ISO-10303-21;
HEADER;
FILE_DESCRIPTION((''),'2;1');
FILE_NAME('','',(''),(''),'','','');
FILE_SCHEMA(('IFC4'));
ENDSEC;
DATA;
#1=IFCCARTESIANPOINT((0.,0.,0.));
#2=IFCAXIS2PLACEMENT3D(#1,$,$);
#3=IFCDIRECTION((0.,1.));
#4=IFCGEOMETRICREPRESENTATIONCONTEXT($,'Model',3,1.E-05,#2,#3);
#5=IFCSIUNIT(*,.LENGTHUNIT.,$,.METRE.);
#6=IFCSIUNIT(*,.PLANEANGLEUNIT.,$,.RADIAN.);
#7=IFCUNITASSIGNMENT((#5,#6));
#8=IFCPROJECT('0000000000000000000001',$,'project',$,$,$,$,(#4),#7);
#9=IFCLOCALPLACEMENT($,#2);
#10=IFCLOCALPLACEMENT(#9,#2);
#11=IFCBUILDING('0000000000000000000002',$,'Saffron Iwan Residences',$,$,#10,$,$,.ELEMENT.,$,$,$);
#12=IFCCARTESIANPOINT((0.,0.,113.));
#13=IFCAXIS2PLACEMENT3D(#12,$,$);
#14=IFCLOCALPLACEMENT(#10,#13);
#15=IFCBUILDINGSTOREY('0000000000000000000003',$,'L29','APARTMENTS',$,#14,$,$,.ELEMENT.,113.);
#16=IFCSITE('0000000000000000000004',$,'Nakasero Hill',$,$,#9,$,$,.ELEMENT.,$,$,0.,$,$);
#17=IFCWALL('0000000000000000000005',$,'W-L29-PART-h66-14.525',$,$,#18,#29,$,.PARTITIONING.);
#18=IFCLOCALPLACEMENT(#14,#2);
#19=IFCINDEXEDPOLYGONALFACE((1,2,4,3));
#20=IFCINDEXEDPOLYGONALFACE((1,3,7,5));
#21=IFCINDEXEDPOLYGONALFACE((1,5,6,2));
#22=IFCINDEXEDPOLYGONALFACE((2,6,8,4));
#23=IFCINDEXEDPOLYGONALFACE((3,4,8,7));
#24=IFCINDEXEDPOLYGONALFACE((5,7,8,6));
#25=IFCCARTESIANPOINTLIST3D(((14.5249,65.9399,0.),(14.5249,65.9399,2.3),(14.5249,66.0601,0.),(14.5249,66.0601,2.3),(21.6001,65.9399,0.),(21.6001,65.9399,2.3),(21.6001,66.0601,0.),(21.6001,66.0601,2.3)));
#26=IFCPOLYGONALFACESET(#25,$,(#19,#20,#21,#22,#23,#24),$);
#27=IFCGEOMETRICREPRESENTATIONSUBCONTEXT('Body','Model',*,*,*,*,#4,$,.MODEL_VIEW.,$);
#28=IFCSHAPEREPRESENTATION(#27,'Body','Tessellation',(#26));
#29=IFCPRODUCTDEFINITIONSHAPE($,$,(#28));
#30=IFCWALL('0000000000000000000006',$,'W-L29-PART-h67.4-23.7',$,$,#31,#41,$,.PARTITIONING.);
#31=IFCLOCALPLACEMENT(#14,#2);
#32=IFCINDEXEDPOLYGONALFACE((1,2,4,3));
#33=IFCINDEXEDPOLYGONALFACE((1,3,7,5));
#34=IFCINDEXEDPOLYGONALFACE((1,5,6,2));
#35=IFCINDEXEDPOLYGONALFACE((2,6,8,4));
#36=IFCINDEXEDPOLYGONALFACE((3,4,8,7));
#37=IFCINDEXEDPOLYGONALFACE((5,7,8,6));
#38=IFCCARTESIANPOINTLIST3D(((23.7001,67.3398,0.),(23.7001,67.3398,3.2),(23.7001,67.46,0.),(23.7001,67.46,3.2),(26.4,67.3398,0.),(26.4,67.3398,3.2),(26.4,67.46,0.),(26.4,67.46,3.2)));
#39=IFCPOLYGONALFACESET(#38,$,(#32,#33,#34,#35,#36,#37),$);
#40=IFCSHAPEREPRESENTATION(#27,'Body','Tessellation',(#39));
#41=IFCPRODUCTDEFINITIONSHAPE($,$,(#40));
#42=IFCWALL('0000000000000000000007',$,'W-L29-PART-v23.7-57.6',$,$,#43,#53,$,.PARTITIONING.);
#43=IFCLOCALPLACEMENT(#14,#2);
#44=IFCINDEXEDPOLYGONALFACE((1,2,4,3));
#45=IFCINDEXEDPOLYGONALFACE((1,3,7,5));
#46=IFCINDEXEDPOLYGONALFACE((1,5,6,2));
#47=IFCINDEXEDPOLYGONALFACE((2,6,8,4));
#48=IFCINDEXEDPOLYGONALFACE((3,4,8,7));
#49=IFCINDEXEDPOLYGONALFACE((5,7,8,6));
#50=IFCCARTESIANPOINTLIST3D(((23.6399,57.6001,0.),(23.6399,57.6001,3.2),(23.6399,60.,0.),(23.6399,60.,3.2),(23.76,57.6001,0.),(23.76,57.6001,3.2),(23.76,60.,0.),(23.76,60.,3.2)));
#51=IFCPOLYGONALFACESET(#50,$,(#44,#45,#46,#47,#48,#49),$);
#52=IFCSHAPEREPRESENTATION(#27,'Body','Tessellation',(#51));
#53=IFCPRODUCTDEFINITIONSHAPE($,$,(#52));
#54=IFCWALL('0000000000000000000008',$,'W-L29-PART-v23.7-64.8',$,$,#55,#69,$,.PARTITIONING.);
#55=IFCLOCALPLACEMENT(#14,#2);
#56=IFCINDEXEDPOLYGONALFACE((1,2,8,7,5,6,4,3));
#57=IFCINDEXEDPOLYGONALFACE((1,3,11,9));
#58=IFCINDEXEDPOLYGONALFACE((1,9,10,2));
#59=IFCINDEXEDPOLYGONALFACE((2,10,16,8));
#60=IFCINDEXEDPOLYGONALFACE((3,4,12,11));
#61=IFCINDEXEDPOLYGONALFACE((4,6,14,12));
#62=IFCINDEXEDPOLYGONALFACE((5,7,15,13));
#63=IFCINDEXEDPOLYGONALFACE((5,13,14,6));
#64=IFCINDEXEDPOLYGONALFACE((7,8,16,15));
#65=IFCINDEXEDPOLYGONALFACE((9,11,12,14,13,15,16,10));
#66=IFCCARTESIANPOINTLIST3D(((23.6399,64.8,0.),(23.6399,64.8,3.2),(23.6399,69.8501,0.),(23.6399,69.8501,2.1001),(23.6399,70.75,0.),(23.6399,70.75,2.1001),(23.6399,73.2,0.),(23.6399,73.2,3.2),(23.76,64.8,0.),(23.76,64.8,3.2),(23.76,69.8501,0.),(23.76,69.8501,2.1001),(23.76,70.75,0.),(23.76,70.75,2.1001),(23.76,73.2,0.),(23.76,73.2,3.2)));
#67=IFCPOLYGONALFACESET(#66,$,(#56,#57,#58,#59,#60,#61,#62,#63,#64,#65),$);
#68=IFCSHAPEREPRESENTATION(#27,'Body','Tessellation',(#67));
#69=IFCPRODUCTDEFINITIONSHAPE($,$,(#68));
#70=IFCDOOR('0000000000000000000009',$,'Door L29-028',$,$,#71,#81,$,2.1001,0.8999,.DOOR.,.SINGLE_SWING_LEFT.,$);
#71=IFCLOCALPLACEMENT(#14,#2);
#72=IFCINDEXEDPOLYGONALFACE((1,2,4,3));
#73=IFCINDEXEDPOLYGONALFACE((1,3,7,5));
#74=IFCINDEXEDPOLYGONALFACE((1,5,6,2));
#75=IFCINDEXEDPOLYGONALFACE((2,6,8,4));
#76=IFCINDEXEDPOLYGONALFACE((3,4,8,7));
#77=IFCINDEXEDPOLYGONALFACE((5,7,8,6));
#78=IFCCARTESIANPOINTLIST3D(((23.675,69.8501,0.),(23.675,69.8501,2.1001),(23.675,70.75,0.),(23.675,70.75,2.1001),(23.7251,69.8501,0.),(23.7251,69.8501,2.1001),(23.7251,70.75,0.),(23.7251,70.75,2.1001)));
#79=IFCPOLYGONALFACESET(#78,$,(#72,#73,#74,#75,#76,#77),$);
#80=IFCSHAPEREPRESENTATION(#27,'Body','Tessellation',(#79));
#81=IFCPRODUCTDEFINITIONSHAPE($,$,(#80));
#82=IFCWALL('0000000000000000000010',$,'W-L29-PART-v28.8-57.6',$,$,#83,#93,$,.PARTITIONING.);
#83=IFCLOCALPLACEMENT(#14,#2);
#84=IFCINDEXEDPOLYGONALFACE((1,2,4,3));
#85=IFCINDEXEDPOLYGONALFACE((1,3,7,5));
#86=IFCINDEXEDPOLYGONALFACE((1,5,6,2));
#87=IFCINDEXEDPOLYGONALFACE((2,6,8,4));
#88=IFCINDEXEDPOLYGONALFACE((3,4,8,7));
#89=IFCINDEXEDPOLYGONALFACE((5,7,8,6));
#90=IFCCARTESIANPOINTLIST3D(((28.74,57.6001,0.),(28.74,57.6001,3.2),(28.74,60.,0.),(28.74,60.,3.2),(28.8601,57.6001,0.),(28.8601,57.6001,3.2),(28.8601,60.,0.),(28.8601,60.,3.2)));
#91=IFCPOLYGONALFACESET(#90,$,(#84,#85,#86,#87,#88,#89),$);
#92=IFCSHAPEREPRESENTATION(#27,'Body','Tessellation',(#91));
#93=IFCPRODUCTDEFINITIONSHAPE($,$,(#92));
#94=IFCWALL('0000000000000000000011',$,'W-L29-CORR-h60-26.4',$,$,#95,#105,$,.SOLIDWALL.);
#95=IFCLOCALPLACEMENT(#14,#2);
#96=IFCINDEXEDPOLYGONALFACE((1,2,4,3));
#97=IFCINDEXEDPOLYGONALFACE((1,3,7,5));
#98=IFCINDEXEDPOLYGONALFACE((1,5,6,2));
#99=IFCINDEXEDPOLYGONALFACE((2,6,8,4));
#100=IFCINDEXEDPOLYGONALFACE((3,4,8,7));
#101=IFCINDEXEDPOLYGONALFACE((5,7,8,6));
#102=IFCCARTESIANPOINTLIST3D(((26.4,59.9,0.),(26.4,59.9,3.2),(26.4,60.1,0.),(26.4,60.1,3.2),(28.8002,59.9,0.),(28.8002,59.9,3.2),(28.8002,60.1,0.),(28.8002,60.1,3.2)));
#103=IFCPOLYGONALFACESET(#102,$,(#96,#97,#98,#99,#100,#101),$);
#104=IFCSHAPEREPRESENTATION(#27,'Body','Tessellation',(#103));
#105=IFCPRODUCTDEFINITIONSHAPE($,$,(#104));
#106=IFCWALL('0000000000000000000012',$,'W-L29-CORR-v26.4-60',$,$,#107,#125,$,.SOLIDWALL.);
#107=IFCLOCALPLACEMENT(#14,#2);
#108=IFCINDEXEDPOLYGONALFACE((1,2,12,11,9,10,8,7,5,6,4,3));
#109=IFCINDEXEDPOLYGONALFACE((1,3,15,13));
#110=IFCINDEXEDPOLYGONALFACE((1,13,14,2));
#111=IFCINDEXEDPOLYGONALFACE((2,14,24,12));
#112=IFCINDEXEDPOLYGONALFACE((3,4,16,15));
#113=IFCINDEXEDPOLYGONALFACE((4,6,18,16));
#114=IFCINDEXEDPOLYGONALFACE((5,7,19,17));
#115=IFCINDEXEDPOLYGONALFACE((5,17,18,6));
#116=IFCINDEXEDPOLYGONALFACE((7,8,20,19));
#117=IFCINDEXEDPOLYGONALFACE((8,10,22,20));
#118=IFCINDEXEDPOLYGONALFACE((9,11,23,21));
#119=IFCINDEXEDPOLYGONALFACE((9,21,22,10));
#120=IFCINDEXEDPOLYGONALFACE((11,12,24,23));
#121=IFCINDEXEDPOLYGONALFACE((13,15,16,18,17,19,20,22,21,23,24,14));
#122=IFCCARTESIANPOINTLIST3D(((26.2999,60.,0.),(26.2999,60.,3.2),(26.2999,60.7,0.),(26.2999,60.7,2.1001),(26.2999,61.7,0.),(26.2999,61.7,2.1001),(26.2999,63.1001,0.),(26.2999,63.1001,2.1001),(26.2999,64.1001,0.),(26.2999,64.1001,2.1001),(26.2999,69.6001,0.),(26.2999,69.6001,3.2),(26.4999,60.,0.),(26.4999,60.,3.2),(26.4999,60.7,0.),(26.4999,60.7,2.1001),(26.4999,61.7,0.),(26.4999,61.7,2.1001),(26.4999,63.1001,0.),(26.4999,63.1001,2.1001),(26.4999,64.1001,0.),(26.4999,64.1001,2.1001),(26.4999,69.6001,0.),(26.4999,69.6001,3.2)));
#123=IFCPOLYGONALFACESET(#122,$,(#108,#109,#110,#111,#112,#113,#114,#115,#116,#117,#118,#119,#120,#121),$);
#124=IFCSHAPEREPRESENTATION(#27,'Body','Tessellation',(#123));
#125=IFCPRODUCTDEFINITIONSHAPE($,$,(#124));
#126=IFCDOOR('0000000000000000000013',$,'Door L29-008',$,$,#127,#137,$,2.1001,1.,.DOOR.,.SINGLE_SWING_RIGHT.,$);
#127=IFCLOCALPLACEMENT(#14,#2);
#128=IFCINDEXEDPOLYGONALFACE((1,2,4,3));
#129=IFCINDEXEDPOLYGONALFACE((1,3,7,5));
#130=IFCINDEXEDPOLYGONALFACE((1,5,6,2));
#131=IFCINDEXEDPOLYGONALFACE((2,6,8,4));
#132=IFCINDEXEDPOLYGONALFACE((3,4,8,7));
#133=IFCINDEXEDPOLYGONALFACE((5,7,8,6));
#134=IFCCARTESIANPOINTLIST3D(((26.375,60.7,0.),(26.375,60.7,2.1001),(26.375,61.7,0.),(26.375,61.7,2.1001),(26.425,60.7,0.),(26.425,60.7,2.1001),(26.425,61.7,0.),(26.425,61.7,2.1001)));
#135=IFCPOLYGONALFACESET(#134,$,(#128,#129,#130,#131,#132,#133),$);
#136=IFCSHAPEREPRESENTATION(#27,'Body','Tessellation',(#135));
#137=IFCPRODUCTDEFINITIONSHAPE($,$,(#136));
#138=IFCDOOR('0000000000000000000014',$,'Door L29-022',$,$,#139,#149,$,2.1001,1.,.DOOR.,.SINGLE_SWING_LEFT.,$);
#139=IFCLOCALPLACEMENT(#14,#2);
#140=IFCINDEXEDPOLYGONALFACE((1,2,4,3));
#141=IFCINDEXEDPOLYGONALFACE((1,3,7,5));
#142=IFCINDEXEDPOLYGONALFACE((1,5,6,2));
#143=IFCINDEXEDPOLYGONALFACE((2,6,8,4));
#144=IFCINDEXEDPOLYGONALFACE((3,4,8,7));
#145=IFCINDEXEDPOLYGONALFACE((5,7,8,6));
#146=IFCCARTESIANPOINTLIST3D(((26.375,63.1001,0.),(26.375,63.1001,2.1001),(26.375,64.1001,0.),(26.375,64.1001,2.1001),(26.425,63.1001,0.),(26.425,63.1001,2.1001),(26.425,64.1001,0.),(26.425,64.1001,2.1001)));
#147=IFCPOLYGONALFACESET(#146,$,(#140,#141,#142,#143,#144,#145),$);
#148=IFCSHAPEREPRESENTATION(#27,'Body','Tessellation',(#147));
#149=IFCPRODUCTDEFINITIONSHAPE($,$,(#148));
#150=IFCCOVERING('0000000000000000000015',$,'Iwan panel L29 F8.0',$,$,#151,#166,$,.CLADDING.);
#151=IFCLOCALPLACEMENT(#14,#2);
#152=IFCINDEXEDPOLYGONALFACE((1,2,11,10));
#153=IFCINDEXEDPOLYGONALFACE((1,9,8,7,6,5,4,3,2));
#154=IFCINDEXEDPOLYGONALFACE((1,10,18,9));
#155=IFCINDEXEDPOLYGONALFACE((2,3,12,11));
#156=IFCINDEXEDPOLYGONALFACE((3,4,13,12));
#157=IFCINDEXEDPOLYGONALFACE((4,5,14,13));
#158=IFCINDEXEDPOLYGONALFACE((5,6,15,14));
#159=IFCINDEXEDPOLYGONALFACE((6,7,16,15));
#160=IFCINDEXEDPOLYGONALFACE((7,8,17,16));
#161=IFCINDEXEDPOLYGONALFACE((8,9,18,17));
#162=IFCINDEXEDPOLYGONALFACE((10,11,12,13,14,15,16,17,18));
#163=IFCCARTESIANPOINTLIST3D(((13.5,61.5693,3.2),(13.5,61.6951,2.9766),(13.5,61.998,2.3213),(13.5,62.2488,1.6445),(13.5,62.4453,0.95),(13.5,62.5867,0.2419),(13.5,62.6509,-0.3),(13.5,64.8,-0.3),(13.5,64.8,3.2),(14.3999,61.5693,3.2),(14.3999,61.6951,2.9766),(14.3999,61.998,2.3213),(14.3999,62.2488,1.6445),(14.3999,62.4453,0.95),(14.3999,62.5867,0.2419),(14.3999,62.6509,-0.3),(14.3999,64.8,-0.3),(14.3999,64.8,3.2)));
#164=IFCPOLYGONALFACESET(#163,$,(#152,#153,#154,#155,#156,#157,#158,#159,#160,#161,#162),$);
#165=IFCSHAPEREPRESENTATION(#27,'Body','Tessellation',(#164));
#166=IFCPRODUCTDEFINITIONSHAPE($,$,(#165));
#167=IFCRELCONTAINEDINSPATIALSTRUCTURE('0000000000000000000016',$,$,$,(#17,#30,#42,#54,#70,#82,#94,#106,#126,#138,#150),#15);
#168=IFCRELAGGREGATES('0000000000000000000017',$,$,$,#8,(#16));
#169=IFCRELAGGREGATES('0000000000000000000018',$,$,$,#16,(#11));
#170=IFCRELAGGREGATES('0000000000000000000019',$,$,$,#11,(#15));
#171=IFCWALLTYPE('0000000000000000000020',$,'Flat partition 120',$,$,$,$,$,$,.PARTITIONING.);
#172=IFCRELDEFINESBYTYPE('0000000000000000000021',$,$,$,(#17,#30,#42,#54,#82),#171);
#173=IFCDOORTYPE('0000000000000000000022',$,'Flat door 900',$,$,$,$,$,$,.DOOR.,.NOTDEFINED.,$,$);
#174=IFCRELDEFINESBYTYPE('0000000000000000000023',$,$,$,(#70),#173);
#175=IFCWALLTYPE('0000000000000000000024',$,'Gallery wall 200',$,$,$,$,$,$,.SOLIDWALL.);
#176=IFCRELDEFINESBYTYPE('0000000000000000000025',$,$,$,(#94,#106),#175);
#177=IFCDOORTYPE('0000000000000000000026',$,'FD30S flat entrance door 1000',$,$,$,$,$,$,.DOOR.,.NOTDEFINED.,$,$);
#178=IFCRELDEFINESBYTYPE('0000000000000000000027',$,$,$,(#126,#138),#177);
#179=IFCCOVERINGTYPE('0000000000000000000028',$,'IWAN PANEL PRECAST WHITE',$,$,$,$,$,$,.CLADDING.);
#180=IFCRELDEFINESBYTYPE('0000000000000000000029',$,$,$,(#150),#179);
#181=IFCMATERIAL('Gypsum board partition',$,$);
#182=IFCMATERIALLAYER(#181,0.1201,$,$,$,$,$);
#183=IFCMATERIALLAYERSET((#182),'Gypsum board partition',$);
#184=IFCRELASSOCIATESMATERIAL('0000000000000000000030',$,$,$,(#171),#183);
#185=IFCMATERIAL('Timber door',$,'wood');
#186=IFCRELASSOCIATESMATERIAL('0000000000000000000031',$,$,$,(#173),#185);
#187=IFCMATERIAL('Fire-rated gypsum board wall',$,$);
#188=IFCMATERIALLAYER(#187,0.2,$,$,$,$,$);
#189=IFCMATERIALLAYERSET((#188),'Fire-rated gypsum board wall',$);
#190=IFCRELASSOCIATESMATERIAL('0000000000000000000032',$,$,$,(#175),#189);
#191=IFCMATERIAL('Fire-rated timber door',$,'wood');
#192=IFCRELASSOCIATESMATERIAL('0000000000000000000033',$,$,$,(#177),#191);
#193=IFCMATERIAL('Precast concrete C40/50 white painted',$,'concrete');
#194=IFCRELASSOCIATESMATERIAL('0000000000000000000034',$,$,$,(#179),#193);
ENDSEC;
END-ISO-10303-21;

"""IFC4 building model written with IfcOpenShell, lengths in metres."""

from ifc_helpers import new_model, si_unit, direction, frame, frame_2d, origin, place, context, subcontext, project, spatial, polyline, rectangle, outline, extrude, material, layer, layer_set, type_object, element, fill, save


model = new_model("IFC4")

# Units and contexts
model_context = context("Model", 3, precision=1e-05, world=origin(), true_north=direction((0.0, 1.0)))
body_context = subcontext(model_context, "Body", "Model", "MODEL_VIEW")
ifc_project = project(units=[si_unit("LENGTHUNIT", "METRE"), si_unit("PLANEANGLEUNIT", "RADIAN")], contexts=[model_context])

# Site, building, storey
site_placement = place(None, origin())
site = spatial("IfcSite", under=ifc_project, at=site_placement, Name="Nakasero Hill", CompositionType="ELEMENT", RefElevation=0.0)
building_placement = place(site_placement, origin())
building = spatial("IfcBuilding", under=site, at=building_placement, Name="Saffron Iwan Residences", CompositionType="ELEMENT")
storey_placement = place(building_placement, frame((0.0, 0.0, 113.0)))
storey = spatial("IfcBuildingStorey", under=building, at=storey_placement, Name="L29", Description="APARTMENTS", CompositionType="ELEMENT", Elevation=113.0)

# Shared definitions
ifc_material_1 = material(Name="Fire-rated gypsum board wall")

# Shared definitions
ifc_material_2 = material(Name="Gypsum board partition")
ifc_layer_1 = layer(ifc_material_2, 0.1201)
ifc_layer_set_1 = layer_set([ifc_layer_1], Name="Gypsum board partition")
wall_type_1 = type_object("IfcWallType", Name="Flat partition 120", PredefinedType="PARTITIONING", material=ifc_layer_set_1)
ifc_material_3 = material(Name="Timber door", Category="wood")

# Shared definitions
door_type_1 = type_object("IfcDoorType", Name="Flat door 900", OperationType="NOTDEFINED", PredefinedType="DOOR", material=ifc_material_3)

# Walls
wall_1_placement = place(storey_placement, frame((14.5249, 66.0, 0.0), z_axis=(0.0, 0.0, 1.0), x_axis=(1.0, 0.0, 0.0)))
element("IfcWall", 1, at=wall_1_placement, inside=storey, type_object=wall_type_1, Name="W-L29-PART-h66-14.525", PredefinedType="PARTITIONING", context=body_context, shape_type="SweptSolid", body=[
    extrude(rectangle(XDim=7.0752, YDim=0.1201, at=frame_2d((3.5376, 0.0))), origin(), (0.0, 0.0, 1.0), 2.3),
])
wall_2_placement = place(storey_placement, frame((23.7, 67.3999, 0.0), z_axis=(0.0, 0.0, 1.0), x_axis=(1.0, 0.0, 0.0)))
element("IfcWall", 2, at=wall_2_placement, inside=storey, type_object=wall_type_1, Name="W-L29-PART-h67.4-23.7", PredefinedType="PARTITIONING", context=body_context, shape_type="SweptSolid", body=[
    extrude(rectangle(XDim=2.7, YDim=0.1201, at=frame_2d((1.3501, 0.0))), origin(), (0.0, 0.0, 1.0), 3.2),
])
wall_3_placement = place(storey_placement, frame((23.7, 57.6001, 0.0), z_axis=(0.0, 0.0, 1.0), x_axis=(0.0, 1.0, 0.0)))
element("IfcWall", 3, at=wall_3_placement, inside=storey, type_object=wall_type_1, Name="W-L29-PART-v23.7-57.6", PredefinedType="PARTITIONING", context=body_context, shape_type="SweptSolid", body=[
    extrude(rectangle(XDim=2.3999, YDim=0.1201, at=frame_2d((1.2, 0.0))), origin(), (0.0, 0.0, 1.0), 3.2),
])

# Wall, opening, door
wall_4_placement = place(storey_placement, frame((23.7, 64.8, 0.0), z_axis=(0.0, 0.0, 1.0), x_axis=(0.0, 1.0, 0.0)))
wall_4 = element("IfcWall", 4, at=wall_4_placement, inside=storey, type_object=wall_type_1, Name="W-L29-PART-v23.7-64.8", PredefinedType="PARTITIONING", context=body_context, shape_type="SweptSolid", body=[
    extrude(rectangle(XDim=8.3999, YDim=0.1201, at=frame_2d((4.2, 0.0))), origin(), (0.0, 0.0, 1.0), 3.2),
])
opening_1_placement = place(wall_4_placement, frame((5.05, 0.0, 0.0)))
opening_1 = element("IfcOpeningElement", 5, at=opening_1_placement, cuts=wall_4, PredefinedType="OPENING", context=body_context, shape_type="SweptSolid", body=[
    extrude(rectangle(XDim=0.8999, YDim=2.1001, at=frame_2d((0.45, 1.05))), frame((0.0, 0.0701, 0.0), z_axis=(0.0, -1.0, 0.0), x_axis=(1.0, 0.0, 0.0)), (0.0, 0.0, 1.0), 0.1401),
])
door_1_placement = place(opening_1_placement, origin())
door_1 = element("IfcDoor", 6, at=door_1_placement, inside=storey, type_object=door_type_1, Name="Door L29-028", OperationType="SINGLE_SWING_LEFT", OverallHeight=2.1001, OverallWidth=0.8999, PredefinedType="DOOR", context=body_context, shape_type="SweptSolid", body=[
    extrude(rectangle(XDim=0.8999, YDim=2.1001, at=frame_2d((0.45, 1.05))), frame((0.0, 0.0249, 0.0), z_axis=(0.0, -1.0, 0.0), x_axis=(1.0, 0.0, 0.0)), (0.0, 0.0, 1.0), 0.05),
])
fill(opening_1, door_1)

# Walls
wall_5_placement = place(storey_placement, frame((28.8, 57.6001, 0.0), z_axis=(0.0, 0.0, 1.0), x_axis=(0.0, 1.0, 0.0)))
element("IfcWall", 7, at=wall_5_placement, inside=storey, type_object=wall_type_1, Name="W-L29-PART-v28.8-57.6", PredefinedType="PARTITIONING", context=body_context, shape_type="SweptSolid", body=[
    extrude(rectangle(XDim=2.3999, YDim=0.1201, at=frame_2d((1.2, 0.0))), origin(), (0.0, 0.0, 1.0), 3.2),
])
ifc_layer_2 = layer(ifc_material_1, 0.2)
ifc_layer_set_2 = layer_set([ifc_layer_2], Name="Fire-rated gypsum board wall")
wall_type_2 = type_object("IfcWallType", Name="Gallery wall 200", PredefinedType="SOLIDWALL", material=ifc_layer_set_2)
wall_6_placement = place(storey_placement, frame((26.3999, 60.0, 0.0), z_axis=(0.0, 0.0, 1.0), x_axis=(1.0, 0.0, 0.0)))
element("IfcWall", 8, at=wall_6_placement, inside=storey, type_object=wall_type_2, Name="W-L29-CORR-h60-26.4", PredefinedType="SOLIDWALL", context=body_context, shape_type="SweptSolid", body=[
    extrude(rectangle(XDim=2.4001, YDim=0.2, at=frame_2d((1.2002, 0.0))), origin(), (0.0, 0.0, 1.0), 3.2),
])

# Wall, openings, doors
wall_7_placement = place(storey_placement, frame((26.3999, 60.0, 0.0), z_axis=(0.0, 0.0, 1.0), x_axis=(0.0, 1.0, 0.0)))
wall_7 = element("IfcWall", 9, at=wall_7_placement, inside=storey, type_object=wall_type_2, Name="W-L29-CORR-v26.4-60", PredefinedType="SOLIDWALL", context=body_context, shape_type="SweptSolid", body=[
    extrude(rectangle(XDim=9.6001, YDim=0.2, at=frame_2d((4.8, 0.0))), origin(), (0.0, 0.0, 1.0), 3.2),
])
opening_2_placement = place(wall_7_placement, frame((0.7, 0.0, 0.0)))
opening_2 = element("IfcOpeningElement", 10, at=opening_2_placement, cuts=wall_7, PredefinedType="OPENING", context=body_context, shape_type="SweptSolid", body=[
    extrude(rectangle(XDim=1.0, YDim=2.1001, at=frame_2d((0.5, 1.05))), frame((0.0, 0.1099, 0.0), z_axis=(0.0, -1.0, 0.0), x_axis=(1.0, 0.0, 0.0)), (0.0, 0.0, 1.0), 0.22),
])
opening_3_placement = place(wall_7_placement, frame((3.1001, 0.0, 0.0)))
opening_3 = element("IfcOpeningElement", 11, at=opening_3_placement, cuts=wall_7, PredefinedType="OPENING", context=body_context, shape_type="SweptSolid", body=[
    extrude(rectangle(XDim=1.0, YDim=2.1001, at=frame_2d((0.5, 1.05))), frame((0.0, 0.1099, 0.0), z_axis=(0.0, -1.0, 0.0), x_axis=(1.0, 0.0, 0.0)), (0.0, 0.0, 1.0), 0.22),
])
ifc_material_4 = material(Name="Fire-rated timber door", Category="wood")
door_type_2 = type_object("IfcDoorType", Name="FD30S flat entrance door 1000", OperationType="NOTDEFINED", PredefinedType="DOOR", material=ifc_material_4)
door_2_placement = place(opening_2_placement, origin())
door_2 = element("IfcDoor", 12, at=door_2_placement, inside=storey, type_object=door_type_2, Name="Door L29-008", OperationType="SINGLE_SWING_RIGHT", OverallHeight=2.1001, OverallWidth=1.0, PredefinedType="DOOR", context=body_context, shape_type="SweptSolid", body=[
    extrude(rectangle(XDim=1.0, YDim=2.1001, at=frame_2d((0.5, 1.05))), frame((0.0, 0.0249, 0.0), z_axis=(0.0, -1.0, 0.0), x_axis=(1.0, 0.0, 0.0)), (0.0, 0.0, 1.0), 0.05),
])
fill(opening_2, door_2)
door_3_placement = place(opening_3_placement, origin())
door_3 = element("IfcDoor", 13, at=door_3_placement, inside=storey, type_object=door_type_2, Name="Door L29-022", OperationType="SINGLE_SWING_LEFT", OverallHeight=2.1001, OverallWidth=1.0, PredefinedType="DOOR", context=body_context, shape_type="SweptSolid", body=[
    extrude(rectangle(XDim=1.0, YDim=2.1001, at=frame_2d((0.5, 1.05))), frame((0.0, 0.0249, 0.0), z_axis=(0.0, -1.0, 0.0), x_axis=(1.0, 0.0, 0.0)), (0.0, 0.0, 1.0), 0.05),
])
fill(opening_3, door_3)

# Covering
ifc_material_5 = material(Name="Precast concrete C40/50 white painted", Category="concrete")
covering_type = type_object("IfcCoveringType", Name="IWAN PANEL PRECAST WHITE", PredefinedType="CLADDING", material=ifc_material_5)
covering_1_placement = place(storey_placement, frame((14.3999, 64.8, -0.3), z_axis=(-1.0, 0.0, 0.0), x_axis=(0.0, -1.0, 0.0)))
element("IfcCovering", 14, at=covering_1_placement, inside=storey, type_object=covering_type, Name="Iwan panel L29 F8.0", PredefinedType="CLADDING", context=body_context, shape_type="SweptSolid", body=[
    extrude(outline(polyline([(0.0, 0.0), (0.0, 3.5), (3.2307, 3.5), (3.105, 3.2766), (2.802, 2.6213), (2.5513, 1.9446), (2.3547, 1.25), (2.2134, 0.542), (2.1492, 0.0), (0.0, 0.0)])), origin(), (0.0, 0.0, 1.0), 0.8999),
])

save(model, "model.ifc")
